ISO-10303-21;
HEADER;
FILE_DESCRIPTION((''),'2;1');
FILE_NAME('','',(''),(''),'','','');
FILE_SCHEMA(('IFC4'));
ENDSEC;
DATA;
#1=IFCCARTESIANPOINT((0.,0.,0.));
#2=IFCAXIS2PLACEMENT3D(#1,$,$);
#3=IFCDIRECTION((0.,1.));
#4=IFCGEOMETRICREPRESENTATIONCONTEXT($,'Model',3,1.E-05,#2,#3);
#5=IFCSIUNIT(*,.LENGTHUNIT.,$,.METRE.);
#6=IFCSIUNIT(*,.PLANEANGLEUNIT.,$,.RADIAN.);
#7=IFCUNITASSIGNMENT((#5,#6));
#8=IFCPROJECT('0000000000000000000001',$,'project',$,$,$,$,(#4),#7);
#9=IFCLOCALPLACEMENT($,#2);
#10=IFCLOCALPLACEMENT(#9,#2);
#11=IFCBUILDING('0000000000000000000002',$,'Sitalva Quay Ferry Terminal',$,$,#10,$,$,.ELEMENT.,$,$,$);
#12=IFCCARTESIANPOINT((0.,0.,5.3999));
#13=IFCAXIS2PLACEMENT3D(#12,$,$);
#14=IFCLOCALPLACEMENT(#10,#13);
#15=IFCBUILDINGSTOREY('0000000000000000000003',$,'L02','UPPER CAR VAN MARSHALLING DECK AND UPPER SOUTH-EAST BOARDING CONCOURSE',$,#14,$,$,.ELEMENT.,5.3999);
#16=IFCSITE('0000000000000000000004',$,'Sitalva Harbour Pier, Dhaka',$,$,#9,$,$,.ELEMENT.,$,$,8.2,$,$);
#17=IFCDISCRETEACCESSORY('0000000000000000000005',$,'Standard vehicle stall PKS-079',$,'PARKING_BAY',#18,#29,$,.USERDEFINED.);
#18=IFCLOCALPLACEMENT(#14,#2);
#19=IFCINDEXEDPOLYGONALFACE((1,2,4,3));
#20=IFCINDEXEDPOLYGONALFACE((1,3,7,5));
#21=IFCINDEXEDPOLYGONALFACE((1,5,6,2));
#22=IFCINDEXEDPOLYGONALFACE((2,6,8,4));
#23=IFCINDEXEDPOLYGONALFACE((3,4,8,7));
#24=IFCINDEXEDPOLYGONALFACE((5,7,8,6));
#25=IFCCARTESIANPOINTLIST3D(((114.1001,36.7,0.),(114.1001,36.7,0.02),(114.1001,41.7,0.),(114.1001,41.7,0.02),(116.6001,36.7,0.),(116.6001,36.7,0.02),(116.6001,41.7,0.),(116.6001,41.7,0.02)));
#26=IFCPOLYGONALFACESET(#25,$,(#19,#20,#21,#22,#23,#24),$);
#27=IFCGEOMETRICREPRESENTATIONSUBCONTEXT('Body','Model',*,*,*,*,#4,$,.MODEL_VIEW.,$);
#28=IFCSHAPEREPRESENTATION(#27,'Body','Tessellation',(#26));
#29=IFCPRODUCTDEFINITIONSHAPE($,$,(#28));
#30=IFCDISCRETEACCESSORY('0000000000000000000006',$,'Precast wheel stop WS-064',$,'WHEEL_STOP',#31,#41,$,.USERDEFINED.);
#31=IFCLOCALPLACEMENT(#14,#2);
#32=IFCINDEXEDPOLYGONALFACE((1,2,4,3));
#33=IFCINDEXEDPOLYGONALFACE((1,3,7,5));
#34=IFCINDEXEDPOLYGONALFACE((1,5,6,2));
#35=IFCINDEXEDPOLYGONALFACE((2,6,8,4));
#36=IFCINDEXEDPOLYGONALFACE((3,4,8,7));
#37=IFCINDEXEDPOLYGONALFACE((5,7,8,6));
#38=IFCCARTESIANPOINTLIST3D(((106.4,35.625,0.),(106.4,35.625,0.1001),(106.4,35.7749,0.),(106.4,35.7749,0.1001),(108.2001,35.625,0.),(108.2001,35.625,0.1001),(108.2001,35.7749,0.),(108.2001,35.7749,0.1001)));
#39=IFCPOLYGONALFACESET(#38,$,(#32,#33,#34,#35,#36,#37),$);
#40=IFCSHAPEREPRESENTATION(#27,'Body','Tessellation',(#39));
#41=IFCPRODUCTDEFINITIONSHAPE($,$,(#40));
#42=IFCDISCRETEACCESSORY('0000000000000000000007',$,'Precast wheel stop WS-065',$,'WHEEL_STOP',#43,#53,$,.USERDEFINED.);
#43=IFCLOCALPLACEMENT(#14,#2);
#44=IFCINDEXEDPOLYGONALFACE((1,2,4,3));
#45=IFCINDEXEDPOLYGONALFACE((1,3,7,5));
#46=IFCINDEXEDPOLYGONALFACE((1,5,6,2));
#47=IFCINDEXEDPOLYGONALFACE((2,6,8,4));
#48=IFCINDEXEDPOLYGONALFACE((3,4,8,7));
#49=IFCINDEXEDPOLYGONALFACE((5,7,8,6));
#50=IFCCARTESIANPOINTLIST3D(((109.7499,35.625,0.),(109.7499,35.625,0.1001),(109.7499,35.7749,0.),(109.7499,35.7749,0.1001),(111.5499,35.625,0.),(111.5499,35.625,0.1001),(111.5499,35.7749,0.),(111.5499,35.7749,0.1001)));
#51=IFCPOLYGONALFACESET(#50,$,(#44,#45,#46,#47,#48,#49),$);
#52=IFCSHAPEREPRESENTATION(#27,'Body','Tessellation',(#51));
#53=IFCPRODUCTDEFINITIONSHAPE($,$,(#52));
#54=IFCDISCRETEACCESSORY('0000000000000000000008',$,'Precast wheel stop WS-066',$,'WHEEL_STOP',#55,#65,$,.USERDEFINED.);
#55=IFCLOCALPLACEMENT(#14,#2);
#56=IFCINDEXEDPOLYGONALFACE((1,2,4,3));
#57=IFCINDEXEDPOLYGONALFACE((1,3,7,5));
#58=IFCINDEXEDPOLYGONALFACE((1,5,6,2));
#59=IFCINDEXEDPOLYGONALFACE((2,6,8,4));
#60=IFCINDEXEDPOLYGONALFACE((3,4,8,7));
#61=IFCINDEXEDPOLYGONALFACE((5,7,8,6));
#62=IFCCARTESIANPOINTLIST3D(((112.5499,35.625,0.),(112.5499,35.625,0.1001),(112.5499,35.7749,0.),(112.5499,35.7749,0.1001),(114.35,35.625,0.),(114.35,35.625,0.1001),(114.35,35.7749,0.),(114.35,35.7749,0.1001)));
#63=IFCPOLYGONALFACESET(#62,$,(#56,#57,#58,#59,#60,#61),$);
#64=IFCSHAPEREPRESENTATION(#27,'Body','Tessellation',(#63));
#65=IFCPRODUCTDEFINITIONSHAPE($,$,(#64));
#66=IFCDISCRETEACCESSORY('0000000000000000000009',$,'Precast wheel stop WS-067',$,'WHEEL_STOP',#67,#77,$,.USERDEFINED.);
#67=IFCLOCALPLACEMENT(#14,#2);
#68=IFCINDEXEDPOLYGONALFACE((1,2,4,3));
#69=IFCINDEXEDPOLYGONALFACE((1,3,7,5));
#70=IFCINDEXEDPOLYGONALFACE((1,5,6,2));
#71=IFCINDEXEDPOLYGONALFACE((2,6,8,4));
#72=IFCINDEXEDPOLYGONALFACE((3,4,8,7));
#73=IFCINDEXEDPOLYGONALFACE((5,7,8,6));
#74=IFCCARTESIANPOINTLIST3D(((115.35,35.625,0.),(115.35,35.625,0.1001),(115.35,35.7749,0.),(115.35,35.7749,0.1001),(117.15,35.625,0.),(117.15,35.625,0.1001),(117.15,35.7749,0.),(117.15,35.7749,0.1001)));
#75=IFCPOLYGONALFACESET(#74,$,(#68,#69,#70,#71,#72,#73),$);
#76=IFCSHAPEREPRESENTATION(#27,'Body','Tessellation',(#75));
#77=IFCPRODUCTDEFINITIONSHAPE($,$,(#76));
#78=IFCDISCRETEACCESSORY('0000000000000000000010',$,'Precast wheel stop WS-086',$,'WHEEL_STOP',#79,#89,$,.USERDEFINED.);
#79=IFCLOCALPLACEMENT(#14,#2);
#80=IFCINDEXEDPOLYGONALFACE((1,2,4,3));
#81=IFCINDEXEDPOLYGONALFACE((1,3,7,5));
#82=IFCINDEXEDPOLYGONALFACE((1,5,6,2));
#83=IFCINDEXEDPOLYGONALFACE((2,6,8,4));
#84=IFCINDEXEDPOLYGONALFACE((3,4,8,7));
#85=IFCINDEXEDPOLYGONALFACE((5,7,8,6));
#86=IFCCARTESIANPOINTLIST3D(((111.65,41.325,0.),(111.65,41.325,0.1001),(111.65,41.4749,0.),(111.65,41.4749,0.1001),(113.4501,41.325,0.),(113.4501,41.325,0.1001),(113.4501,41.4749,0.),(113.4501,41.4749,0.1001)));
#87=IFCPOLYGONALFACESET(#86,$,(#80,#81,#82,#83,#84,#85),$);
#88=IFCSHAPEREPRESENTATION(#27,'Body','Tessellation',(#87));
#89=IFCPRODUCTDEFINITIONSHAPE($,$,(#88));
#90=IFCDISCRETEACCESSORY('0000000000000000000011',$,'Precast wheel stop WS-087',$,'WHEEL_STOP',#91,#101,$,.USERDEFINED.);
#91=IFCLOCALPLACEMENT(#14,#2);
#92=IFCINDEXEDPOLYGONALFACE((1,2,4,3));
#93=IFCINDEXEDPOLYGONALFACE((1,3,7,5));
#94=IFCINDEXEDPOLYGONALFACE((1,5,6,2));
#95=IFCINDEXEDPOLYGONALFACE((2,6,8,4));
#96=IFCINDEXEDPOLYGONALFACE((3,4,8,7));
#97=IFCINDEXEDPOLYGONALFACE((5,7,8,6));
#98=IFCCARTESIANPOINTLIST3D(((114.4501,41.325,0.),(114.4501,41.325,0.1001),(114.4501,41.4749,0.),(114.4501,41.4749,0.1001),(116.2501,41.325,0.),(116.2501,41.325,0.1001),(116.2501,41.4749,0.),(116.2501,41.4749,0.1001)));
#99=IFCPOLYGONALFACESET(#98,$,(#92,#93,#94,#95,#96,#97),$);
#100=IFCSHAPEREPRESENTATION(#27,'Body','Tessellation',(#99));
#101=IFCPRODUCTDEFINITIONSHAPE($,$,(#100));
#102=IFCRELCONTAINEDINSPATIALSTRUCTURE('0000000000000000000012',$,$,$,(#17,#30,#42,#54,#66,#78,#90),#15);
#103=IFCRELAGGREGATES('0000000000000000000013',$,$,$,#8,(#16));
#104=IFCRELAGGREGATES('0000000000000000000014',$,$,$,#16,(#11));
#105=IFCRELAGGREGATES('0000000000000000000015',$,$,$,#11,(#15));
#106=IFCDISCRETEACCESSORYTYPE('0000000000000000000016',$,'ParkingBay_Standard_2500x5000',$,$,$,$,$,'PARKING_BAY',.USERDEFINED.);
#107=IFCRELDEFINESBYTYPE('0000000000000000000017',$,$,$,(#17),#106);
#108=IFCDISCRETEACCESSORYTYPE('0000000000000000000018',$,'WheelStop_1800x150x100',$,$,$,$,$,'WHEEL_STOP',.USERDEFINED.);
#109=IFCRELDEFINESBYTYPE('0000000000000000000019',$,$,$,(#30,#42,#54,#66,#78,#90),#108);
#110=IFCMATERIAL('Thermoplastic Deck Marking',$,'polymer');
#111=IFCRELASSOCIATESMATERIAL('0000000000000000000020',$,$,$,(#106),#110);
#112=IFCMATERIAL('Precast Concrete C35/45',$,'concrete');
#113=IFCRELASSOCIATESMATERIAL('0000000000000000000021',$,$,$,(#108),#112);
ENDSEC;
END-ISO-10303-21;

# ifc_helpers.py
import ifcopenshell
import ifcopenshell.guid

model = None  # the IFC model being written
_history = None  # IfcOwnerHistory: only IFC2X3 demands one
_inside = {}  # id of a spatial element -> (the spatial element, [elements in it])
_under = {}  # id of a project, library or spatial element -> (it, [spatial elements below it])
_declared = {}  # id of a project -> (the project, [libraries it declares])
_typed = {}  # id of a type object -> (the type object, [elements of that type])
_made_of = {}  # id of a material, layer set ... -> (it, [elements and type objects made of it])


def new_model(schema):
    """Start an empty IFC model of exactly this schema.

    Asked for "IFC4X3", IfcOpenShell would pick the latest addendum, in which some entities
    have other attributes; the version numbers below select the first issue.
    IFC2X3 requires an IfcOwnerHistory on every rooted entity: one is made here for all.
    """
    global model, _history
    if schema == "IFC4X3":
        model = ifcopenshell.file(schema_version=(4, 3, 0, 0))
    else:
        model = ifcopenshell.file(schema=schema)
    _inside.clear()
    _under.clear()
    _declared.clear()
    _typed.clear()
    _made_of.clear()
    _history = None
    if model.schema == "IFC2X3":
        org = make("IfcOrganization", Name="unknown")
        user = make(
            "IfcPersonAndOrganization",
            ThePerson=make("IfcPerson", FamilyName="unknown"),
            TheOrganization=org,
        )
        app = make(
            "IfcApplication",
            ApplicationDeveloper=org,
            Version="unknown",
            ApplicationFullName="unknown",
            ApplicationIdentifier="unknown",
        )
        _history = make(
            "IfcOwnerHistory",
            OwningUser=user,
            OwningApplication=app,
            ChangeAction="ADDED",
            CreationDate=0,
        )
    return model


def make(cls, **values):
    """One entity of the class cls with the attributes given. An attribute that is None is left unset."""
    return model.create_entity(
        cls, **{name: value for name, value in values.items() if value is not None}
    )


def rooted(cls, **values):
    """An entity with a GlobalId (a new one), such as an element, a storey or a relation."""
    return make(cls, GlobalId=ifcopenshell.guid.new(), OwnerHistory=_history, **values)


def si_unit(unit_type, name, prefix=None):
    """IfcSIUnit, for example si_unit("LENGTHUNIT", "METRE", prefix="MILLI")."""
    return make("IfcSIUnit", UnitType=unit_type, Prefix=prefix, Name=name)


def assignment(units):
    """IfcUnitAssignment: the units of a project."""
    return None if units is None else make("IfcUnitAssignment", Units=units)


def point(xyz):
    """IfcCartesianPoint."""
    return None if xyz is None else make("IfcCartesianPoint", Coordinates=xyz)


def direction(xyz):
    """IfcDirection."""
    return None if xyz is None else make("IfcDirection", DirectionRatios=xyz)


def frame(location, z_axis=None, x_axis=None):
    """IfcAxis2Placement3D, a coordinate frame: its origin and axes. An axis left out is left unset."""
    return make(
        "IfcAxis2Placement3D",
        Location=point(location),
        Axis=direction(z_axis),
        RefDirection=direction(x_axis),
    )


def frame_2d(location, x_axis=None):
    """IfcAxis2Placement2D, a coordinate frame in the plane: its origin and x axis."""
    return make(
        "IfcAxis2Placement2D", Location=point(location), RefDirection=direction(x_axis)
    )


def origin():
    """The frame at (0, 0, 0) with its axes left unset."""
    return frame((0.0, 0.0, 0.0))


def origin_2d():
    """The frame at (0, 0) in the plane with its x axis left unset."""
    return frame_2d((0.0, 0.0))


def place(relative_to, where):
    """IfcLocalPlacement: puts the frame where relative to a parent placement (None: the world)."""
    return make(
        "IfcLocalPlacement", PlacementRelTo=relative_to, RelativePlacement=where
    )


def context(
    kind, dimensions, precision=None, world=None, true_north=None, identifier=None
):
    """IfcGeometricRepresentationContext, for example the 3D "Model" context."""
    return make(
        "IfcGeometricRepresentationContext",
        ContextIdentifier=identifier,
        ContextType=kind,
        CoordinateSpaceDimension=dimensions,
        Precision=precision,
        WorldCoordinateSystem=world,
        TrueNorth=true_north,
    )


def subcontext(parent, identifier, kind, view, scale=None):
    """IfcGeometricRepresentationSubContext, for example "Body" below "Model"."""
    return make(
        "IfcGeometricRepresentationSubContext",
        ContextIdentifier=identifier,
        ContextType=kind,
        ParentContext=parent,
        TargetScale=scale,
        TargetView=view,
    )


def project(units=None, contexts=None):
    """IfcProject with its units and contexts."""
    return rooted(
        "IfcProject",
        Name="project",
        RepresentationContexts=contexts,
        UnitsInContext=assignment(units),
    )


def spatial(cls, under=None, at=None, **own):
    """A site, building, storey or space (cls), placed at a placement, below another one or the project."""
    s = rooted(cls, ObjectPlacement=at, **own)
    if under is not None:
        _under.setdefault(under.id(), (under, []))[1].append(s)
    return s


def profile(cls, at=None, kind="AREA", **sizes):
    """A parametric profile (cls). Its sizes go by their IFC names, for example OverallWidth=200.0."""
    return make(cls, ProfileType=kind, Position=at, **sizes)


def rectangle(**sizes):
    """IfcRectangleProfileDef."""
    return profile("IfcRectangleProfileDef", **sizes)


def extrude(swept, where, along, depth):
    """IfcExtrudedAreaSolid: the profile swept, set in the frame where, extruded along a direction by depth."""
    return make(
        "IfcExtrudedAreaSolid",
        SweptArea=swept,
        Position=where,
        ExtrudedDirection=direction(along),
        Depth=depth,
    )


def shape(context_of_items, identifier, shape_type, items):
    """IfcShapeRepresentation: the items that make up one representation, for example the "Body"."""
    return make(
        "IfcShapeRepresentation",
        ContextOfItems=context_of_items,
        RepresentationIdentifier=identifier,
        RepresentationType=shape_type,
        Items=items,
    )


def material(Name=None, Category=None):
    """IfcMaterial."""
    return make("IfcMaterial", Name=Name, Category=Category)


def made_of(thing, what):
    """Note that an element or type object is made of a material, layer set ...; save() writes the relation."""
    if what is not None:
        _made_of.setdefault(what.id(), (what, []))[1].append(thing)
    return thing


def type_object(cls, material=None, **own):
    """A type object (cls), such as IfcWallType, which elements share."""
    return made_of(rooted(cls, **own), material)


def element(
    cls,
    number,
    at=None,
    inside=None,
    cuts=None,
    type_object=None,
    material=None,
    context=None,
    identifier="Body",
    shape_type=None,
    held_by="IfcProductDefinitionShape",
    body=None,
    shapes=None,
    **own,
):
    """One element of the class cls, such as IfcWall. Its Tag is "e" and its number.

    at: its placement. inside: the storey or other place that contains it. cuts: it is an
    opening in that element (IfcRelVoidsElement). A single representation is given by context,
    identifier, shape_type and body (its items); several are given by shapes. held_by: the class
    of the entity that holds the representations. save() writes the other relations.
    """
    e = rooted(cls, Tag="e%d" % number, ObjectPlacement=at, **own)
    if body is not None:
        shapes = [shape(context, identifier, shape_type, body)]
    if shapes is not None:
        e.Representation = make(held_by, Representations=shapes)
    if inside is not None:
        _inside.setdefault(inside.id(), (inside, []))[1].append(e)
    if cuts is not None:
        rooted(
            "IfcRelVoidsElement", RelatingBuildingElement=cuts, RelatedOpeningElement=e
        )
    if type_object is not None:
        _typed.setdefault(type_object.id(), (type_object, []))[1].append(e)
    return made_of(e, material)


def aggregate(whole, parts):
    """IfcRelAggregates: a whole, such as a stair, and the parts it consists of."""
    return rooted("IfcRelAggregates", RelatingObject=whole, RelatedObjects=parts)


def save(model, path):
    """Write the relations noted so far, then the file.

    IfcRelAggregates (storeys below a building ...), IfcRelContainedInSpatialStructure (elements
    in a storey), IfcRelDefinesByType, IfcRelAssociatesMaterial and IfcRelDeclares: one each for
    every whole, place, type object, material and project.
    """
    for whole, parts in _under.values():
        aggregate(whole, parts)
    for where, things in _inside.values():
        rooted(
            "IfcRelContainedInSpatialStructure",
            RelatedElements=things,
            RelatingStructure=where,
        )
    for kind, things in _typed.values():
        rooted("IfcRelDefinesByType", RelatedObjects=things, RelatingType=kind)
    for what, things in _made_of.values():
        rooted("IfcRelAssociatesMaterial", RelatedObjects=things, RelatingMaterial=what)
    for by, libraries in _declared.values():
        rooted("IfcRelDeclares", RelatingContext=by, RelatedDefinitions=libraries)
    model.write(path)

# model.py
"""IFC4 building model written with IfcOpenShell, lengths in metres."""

from ifc_helpers import new_model, si_unit, direction, frame, origin, origin_2d, place, context, subcontext, project, spatial, rectangle, extrude, material, type_object, element, save


model = new_model("IFC4")

# Units and contexts
model_context = context("Model", 3, precision=1e-05, world=origin(), true_north=direction((0.0, 1.0)))
body_context = subcontext(model_context, "Body", "Model", "MODEL_VIEW")
ifc_project = project(units=[si_unit("LENGTHUNIT", "METRE"), si_unit("PLANEANGLEUNIT", "RADIAN")], contexts=[model_context])

# Site, building, storey
site_placement = place(None, origin())
site = spatial("IfcSite", under=ifc_project, at=site_placement, Name="Sitalva Harbour Pier, Dhaka", CompositionType="ELEMENT", RefElevation=8.2)
building_placement = place(site_placement, origin())
building = spatial("IfcBuilding", under=site, at=building_placement, Name="Sitalva Quay Ferry Terminal", CompositionType="ELEMENT")
storey_placement = place(building_placement, frame((0.0, 0.0, 5.3999)))
storey = spatial("IfcBuildingStorey", under=building, at=storey_placement, Name="L02", Description="UPPER CAR VAN MARSHALLING DECK AND UPPER SOUTH-EAST BOARDING CONCOURSE", CompositionType="ELEMENT", Elevation=5.3999)

# Discrete accessories
ifc_material_1 = material(Name="Thermoplastic Deck Marking", Category="polymer")
discrete_accessory_type_1 = type_object("IfcDiscreteAccessoryType", Name="ParkingBay_Standard_2500x5000", ElementType="PARKING_BAY", PredefinedType="USERDEFINED", material=ifc_material_1)
for number, where, z_axis, x_axis, name in (
    (1, (115.3501, 39.2, 0.0), (0.0, 0.0, 1.0), (1.0, 0.0, 0.0), "Standard vehicle stall PKS-079"),
):
    element("IfcDiscreteAccessory", number, at=place(storey_placement, frame(where, z_axis=z_axis, x_axis=x_axis)), inside=storey, type_object=discrete_accessory_type_1, Name=name, ObjectType="PARKING_BAY", PredefinedType="USERDEFINED", context=body_context, shape_type="SweptSolid", body=[
        extrude(rectangle(XDim=2.5, YDim=5.0, at=origin_2d()), origin(), (0.0, 0.0, 1.0), 0.02),
    ])
ifc_material_2 = material(Name="Precast Concrete C35/45", Category="concrete")
discrete_accessory_type_2 = type_object("IfcDiscreteAccessoryType", Name="WheelStop_1800x150x100", ElementType="WHEEL_STOP", PredefinedType="USERDEFINED", material=ifc_material_2)
for number, where, z_axis, x_axis, name in (
    (2, (107.3, 35.7, 0.0), (0.0, 0.0, 1.0), (1.0, 0.0, 0.0), "Precast wheel stop WS-064"),
    (3, (110.6499, 35.7, 0.0), (0.0, 0.0, 1.0), (1.0, 0.0, 0.0), "Precast wheel stop WS-065"),
    (4, (113.45, 35.7, 0.0), (0.0, 0.0, 1.0), (1.0, 0.0, 0.0), "Precast wheel stop WS-066"),
    (5, (116.25, 35.7, 0.0), (0.0, 0.0, 1.0), (1.0, 0.0, 0.0), "Precast wheel stop WS-067"),
    (6, (112.55, 41.3999, 0.0), (0.0, 0.0, 1.0), (1.0, 0.0, 0.0), "Precast wheel stop WS-086"),
    (7, (115.3501, 41.3999, 0.0), (0.0, 0.0, 1.0), (1.0, 0.0, 0.0), "Precast wheel stop WS-087"),
):
    element("IfcDiscreteAccessory", number, at=place(storey_placement, frame(where, z_axis=z_axis, x_axis=x_axis)), inside=storey, type_object=discrete_accessory_type_2, Name=name, ObjectType="WHEEL_STOP", PredefinedType="USERDEFINED", context=body_context, shape_type="SweptSolid", body=[
        extrude(rectangle(XDim=1.8, YDim=0.1499, at=origin_2d()), origin(), (0.0, 0.0, 1.0), 0.1001),
    ])

save(model, "model.ifc")
